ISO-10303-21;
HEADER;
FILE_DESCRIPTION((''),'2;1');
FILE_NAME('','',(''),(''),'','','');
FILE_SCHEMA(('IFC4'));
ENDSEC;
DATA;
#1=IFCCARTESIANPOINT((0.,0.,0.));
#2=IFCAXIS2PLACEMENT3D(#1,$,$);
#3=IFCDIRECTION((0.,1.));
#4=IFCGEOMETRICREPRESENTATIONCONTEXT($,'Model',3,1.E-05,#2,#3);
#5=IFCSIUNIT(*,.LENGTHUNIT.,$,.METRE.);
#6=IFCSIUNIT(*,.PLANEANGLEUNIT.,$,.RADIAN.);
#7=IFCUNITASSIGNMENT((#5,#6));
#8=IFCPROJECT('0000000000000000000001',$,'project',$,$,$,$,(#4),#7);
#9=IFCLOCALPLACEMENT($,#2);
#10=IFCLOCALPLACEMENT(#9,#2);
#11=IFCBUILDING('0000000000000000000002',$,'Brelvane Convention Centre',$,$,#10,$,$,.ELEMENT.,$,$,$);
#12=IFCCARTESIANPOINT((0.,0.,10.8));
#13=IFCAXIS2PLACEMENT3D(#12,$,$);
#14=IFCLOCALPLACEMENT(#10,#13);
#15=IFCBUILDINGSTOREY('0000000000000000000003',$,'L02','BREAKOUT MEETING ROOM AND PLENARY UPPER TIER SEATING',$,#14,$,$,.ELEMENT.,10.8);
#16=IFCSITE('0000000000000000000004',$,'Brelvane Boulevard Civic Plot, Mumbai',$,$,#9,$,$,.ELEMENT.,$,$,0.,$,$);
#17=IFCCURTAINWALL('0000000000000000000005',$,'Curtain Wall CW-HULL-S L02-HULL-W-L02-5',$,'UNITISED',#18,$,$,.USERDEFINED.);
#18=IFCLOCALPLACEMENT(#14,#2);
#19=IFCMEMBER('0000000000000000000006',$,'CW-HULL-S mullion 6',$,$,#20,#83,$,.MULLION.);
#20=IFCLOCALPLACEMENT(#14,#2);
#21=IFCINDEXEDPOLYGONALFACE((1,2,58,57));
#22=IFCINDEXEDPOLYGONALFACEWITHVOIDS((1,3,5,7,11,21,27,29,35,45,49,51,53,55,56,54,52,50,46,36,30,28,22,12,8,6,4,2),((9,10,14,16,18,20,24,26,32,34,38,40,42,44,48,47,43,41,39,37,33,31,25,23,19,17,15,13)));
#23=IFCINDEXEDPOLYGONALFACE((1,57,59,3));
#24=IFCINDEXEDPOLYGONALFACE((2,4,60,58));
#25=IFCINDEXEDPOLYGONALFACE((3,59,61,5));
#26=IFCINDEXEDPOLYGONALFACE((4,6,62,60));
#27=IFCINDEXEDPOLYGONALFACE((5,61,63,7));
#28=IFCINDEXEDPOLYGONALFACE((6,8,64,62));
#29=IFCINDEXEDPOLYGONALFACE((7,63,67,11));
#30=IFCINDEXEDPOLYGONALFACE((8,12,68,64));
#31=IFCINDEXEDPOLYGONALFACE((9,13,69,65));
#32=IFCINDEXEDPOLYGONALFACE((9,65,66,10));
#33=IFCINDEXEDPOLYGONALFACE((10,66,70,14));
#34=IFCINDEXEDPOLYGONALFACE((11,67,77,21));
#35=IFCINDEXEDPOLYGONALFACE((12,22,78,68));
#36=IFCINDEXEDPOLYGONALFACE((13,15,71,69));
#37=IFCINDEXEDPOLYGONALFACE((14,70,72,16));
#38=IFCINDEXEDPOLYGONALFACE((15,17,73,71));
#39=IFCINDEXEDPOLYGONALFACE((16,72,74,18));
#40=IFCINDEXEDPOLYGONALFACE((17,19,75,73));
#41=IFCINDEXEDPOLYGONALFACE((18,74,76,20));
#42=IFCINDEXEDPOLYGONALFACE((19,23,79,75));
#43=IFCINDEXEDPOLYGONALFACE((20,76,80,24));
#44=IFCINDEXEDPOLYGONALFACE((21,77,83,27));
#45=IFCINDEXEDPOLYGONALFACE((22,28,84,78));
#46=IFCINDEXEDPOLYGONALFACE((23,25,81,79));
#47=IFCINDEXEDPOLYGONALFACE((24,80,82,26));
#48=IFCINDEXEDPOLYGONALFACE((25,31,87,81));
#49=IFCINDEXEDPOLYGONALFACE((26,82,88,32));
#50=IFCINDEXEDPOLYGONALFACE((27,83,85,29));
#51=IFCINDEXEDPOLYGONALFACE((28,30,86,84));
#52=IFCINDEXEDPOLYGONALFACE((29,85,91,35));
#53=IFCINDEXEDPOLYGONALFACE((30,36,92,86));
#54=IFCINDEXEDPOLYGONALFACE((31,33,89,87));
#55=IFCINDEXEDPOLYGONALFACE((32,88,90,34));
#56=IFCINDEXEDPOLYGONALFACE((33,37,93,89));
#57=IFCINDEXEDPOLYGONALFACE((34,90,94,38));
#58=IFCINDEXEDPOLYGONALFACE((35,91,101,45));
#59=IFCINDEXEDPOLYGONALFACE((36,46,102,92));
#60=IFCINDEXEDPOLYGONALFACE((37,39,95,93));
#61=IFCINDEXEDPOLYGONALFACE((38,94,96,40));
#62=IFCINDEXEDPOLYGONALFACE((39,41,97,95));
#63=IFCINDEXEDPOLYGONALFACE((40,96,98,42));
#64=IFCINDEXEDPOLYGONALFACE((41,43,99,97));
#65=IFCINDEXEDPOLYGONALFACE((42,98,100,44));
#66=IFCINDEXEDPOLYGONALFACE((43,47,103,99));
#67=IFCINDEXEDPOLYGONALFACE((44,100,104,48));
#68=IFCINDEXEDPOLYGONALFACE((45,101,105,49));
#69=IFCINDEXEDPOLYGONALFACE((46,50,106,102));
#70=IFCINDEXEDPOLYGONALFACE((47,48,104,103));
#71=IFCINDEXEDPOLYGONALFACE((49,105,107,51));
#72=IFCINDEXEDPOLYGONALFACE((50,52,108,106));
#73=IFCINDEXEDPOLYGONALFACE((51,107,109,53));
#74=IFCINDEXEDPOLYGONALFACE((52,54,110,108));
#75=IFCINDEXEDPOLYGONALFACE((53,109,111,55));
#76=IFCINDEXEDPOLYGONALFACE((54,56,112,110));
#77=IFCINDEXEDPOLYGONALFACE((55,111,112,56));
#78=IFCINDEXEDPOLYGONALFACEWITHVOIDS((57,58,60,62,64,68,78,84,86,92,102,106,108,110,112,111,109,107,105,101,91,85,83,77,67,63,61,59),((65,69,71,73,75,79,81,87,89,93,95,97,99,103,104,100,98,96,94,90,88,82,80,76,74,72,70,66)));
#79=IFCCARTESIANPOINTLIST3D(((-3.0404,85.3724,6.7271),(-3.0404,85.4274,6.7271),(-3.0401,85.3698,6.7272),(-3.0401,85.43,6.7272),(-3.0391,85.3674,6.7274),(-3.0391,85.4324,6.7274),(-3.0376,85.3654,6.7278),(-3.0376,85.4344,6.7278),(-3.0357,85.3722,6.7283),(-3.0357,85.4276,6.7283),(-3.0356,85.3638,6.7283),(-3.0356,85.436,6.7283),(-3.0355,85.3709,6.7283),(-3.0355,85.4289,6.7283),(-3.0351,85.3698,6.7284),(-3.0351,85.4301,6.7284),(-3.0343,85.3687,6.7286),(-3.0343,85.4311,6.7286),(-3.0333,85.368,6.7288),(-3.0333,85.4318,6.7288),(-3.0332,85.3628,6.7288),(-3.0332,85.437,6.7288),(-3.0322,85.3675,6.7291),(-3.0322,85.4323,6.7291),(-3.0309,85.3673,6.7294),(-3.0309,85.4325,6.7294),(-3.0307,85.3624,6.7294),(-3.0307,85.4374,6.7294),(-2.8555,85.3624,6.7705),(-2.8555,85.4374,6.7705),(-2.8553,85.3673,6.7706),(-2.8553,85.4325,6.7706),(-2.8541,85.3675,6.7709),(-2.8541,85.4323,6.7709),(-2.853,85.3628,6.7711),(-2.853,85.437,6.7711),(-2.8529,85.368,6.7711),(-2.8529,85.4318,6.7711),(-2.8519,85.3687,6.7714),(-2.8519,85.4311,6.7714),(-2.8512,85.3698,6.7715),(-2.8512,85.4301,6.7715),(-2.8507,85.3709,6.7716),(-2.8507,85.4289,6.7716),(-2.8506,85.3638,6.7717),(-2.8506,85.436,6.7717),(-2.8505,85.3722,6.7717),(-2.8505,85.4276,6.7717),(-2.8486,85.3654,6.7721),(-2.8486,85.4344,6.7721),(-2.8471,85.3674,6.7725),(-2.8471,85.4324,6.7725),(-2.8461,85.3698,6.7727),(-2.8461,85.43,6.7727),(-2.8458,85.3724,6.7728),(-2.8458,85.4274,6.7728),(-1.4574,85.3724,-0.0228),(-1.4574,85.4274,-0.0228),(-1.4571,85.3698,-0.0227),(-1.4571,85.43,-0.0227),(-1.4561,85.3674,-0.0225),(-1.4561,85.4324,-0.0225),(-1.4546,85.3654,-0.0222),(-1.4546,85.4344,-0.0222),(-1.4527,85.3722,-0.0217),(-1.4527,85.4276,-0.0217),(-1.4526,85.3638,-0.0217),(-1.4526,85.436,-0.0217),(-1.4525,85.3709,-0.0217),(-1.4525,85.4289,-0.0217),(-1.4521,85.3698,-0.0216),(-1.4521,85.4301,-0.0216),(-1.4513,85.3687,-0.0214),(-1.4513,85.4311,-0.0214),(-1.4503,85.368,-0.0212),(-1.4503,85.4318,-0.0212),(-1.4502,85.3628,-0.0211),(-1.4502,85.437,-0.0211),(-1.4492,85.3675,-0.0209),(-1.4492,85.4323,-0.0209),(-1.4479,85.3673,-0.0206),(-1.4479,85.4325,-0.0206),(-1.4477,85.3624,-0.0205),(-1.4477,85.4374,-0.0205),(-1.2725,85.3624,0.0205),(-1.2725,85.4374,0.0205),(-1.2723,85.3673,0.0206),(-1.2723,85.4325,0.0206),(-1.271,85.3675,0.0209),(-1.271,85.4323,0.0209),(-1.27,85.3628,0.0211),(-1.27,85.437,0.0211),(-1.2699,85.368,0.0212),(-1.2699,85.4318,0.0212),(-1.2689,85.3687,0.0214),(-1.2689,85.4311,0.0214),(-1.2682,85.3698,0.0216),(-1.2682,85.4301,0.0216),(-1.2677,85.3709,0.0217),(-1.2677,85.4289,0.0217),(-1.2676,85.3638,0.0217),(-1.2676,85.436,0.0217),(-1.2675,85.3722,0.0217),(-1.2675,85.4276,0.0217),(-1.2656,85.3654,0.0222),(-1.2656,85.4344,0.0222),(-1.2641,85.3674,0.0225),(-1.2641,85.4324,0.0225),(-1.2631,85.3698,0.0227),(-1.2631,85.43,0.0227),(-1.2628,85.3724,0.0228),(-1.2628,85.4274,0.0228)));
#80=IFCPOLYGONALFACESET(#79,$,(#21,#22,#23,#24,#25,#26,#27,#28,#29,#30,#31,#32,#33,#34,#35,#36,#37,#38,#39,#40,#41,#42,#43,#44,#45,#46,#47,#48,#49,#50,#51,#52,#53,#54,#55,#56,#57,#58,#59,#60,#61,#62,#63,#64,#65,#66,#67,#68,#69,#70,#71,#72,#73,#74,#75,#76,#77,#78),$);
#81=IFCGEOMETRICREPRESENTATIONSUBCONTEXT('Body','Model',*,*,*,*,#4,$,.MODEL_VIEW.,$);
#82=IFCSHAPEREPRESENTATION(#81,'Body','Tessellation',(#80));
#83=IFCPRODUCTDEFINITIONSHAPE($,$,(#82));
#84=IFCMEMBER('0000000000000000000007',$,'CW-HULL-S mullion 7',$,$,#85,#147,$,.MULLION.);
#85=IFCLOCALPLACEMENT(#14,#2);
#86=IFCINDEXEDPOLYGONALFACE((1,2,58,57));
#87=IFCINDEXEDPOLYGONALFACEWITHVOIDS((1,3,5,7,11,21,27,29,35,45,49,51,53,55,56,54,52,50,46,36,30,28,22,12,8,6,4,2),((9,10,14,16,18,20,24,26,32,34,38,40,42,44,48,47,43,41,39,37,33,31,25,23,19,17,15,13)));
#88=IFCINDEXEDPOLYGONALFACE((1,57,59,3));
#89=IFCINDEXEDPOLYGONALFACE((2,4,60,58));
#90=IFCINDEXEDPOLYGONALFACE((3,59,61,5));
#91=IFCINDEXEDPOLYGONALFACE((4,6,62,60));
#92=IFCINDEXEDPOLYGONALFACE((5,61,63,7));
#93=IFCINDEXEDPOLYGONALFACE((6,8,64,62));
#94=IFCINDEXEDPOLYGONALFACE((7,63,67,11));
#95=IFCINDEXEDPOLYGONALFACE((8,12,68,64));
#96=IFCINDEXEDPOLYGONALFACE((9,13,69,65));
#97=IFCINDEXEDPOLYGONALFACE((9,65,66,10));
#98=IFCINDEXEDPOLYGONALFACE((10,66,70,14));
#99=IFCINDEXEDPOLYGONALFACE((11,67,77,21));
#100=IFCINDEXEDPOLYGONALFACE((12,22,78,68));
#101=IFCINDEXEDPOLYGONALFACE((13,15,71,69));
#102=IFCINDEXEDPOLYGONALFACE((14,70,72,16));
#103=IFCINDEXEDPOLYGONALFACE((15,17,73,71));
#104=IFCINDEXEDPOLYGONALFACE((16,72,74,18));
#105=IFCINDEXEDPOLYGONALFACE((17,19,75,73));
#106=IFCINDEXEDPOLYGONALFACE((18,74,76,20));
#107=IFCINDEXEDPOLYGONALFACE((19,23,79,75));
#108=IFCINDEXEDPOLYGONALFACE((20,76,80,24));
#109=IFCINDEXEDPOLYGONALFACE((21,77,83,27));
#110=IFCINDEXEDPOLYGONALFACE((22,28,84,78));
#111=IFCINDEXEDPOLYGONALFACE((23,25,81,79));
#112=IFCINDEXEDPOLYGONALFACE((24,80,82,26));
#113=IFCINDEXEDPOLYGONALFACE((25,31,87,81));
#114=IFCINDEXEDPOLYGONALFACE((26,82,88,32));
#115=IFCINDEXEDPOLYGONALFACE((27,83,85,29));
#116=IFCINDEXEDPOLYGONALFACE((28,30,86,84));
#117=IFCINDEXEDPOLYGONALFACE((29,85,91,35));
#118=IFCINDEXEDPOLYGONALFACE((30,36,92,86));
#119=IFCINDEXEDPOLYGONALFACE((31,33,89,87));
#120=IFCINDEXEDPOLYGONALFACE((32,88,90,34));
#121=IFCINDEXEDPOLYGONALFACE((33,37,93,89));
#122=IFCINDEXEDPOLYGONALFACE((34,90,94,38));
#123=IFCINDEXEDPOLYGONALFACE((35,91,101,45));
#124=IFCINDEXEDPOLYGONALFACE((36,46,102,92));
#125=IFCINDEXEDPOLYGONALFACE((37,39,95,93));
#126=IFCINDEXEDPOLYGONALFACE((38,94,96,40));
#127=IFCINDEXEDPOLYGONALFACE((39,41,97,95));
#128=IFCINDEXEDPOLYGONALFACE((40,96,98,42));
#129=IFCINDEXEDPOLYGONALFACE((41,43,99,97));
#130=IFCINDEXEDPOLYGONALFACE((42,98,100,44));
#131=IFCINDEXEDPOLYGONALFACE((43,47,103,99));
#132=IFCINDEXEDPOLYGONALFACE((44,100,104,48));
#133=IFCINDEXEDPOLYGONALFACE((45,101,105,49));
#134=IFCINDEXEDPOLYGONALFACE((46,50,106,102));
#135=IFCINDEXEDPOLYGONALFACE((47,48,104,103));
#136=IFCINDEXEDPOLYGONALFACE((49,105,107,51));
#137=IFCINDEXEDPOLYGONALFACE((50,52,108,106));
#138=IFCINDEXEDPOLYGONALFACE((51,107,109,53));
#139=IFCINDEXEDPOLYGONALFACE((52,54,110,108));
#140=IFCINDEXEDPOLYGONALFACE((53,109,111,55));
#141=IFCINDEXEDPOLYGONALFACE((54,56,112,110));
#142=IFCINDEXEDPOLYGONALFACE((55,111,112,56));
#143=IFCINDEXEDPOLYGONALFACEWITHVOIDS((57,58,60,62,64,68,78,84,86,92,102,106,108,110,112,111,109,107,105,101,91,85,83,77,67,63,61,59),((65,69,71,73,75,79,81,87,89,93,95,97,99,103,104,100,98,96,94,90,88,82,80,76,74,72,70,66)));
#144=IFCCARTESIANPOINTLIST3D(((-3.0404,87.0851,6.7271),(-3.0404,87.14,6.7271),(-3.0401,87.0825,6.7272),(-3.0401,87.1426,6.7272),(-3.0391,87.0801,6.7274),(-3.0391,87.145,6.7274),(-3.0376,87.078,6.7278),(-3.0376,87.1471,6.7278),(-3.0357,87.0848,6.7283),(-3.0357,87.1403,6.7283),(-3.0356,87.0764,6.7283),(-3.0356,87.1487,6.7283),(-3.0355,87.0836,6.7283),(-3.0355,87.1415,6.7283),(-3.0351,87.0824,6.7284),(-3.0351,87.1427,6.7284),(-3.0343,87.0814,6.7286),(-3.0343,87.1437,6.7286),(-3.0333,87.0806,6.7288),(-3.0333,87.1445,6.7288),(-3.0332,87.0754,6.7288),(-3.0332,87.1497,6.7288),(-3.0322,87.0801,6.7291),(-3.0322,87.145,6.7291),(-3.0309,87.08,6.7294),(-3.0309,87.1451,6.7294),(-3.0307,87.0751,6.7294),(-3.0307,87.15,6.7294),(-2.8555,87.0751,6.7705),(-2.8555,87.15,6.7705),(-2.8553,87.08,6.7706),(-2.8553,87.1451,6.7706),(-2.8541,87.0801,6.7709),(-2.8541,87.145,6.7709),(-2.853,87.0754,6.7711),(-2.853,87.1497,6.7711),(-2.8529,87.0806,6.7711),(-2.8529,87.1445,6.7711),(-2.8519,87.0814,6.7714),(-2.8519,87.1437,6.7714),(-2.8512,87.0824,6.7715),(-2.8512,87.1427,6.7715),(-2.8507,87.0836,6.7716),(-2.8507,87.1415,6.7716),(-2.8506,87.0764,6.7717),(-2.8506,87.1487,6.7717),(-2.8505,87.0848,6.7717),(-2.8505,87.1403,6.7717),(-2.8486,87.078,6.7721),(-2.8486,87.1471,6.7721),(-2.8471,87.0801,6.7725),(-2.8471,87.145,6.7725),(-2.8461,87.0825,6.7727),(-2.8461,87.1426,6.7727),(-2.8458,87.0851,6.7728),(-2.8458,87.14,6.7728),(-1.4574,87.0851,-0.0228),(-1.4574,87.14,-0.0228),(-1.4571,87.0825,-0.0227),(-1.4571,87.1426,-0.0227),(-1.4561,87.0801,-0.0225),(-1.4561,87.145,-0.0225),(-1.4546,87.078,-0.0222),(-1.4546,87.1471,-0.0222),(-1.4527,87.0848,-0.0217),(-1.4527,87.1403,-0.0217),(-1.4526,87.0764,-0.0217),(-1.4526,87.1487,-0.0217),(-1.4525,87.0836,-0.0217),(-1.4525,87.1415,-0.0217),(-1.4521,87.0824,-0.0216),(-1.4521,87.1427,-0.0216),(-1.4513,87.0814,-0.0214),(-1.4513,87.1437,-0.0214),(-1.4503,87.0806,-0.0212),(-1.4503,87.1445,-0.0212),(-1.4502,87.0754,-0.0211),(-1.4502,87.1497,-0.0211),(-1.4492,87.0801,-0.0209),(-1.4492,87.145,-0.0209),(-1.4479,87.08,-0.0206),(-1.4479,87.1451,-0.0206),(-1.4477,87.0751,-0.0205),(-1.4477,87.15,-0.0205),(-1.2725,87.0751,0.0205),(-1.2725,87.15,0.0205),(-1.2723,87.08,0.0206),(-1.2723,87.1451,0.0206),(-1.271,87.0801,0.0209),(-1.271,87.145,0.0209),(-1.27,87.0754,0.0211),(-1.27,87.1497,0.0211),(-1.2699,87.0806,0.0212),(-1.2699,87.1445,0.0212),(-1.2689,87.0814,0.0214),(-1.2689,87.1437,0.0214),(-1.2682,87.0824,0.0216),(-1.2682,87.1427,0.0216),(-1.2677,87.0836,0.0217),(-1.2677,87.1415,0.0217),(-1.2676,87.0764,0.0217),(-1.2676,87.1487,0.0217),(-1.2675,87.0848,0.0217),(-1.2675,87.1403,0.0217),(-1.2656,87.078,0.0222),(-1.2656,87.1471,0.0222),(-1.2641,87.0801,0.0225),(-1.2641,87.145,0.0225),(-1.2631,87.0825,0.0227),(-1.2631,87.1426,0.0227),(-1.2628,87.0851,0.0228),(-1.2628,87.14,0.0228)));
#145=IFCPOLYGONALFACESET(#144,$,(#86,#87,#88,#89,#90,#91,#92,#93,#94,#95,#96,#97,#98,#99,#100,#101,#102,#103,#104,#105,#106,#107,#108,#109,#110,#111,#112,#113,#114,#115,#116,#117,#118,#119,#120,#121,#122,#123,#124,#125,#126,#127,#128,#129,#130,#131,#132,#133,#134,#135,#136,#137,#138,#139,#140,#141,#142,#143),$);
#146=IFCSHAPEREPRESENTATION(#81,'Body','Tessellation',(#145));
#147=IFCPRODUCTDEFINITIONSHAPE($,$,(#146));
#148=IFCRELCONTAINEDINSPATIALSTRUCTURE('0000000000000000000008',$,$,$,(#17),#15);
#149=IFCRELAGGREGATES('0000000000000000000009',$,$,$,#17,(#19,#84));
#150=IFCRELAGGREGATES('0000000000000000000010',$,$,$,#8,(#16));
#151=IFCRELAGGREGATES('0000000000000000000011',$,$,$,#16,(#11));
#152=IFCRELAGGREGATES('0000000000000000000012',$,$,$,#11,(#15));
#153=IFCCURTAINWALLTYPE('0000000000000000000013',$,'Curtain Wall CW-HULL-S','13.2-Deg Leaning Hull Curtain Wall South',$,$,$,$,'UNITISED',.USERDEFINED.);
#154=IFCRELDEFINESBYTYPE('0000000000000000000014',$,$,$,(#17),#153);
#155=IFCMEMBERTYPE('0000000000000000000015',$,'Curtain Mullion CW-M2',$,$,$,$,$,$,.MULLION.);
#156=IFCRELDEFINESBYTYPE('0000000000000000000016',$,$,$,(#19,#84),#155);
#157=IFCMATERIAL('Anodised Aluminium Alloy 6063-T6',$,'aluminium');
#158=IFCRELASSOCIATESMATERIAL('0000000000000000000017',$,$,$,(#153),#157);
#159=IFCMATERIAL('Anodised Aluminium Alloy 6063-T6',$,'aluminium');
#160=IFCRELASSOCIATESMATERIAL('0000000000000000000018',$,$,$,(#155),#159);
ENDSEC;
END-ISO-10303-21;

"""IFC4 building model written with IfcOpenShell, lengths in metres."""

from ifc_helpers import new_model, si_unit, direction, frame, origin, origin_2d, place, context, subcontext, project, spatial, hollow_rectangle, extrude, material, material_profile, profile_set, type_object, element, aggregate, save


model = new_model("IFC4")

# Units and contexts
model_context = context("Model", 3, precision=1e-05, world=origin(), true_north=direction((0.0, 1.0)))
body_context = subcontext(model_context, "Body", "Model", "MODEL_VIEW")
ifc_project = project(units=[si_unit("LENGTHUNIT", "METRE"), si_unit("PLANEANGLEUNIT", "RADIAN")], contexts=[model_context])

# Site, building, storey
site_placement = place(None, origin())
site = spatial("IfcSite", under=ifc_project, at=site_placement, Name="Brelvane Boulevard Civic Plot, Mumbai", CompositionType="ELEMENT", RefElevation=0.0)
building_placement = place(site_placement, origin())
building = spatial("IfcBuilding", under=site, at=building_placement, Name="Brelvane Convention Centre", CompositionType="ELEMENT")
storey_placement = place(building_placement, frame((0.0, 0.0, 10.8)))
storey = spatial("IfcBuildingStorey", under=building, at=storey_placement, Name="L02", Description="BREAKOUT MEETING ROOM AND PLENARY UPPER TIER SEATING", CompositionType="ELEMENT", Elevation=10.8)

# Curtain wall, members
ifc_material_1 = material(Name="Anodised Aluminium Alloy 6063-T6", Category="aluminium")
curtain_wall_type = type_object("IfcCurtainWallType", Name="Curtain Wall CW-HULL-S", Description="13.2-Deg Leaning Hull Curtain Wall South", ElementType="UNITISED", PredefinedType="USERDEFINED", material=ifc_material_1)
curtain_wall_1_placement = place(storey_placement, origin())
curtain_wall_1 = element("IfcCurtainWall", 1, at=curtain_wall_1_placement, inside=storey, type_object=curtain_wall_type, Name="Curtain Wall CW-HULL-S L02-HULL-W-L02-5", ObjectType="UNITISED", PredefinedType="USERDEFINED")
ifc_material_2 = material(Name="Anodised Aluminium Alloy 6063-T6", Category="aluminium")
ifc_material_profile_1 = material_profile(ifc_material_2, hollow_rectangle(XDim=0.075, YDim=0.2, WallThickness=0.0049, InnerFilletRadius=0.0049, OuterFilletRadius=0.01, at=origin_2d()), Name="ALU-M 200x75x5.0")
ifc_profile_set_1 = profile_set([ifc_material_profile_1], Name="Anodised Aluminium Alloy 6063-T6")
member_type_1 = type_object("IfcMemberType", Name="Curtain Mullion CW-M2", PredefinedType="MULLION", material=ifc_profile_set_1)
member_1_placement = place(storey_placement, frame((-1.3601, 85.3999, 0.0), z_axis=(-0.228325, 0.0, 0.973585), x_axis=(0.0, -1.0, 0.0)))
member_1 = element("IfcMember", 2, at=member_1_placement, type_object=member_type_1, Name="CW-HULL-S mullion 6", PredefinedType="MULLION", context=body_context, shape_type="SweptSolid", body=[
    extrude(hollow_rectangle(XDim=0.075, YDim=0.2, WallThickness=0.0049, InnerFilletRadius=0.0049, OuterFilletRadius=0.01, at=origin_2d()), origin(), (0.0, 0.0, 1.0), 6.9331),
])
member_2_placement = place(storey_placement, frame((-1.3601, 87.1125, 0.0), z_axis=(-0.228325, 0.0, 0.973585), x_axis=(0.0, -1.0, 0.0)))
member_2 = element("IfcMember", 3, at=member_2_placement, type_object=member_type_1, Name="CW-HULL-S mullion 7", PredefinedType="MULLION", context=body_context, shape_type="SweptSolid", body=[
    extrude(hollow_rectangle(XDim=0.075, YDim=0.2, WallThickness=0.0049, InnerFilletRadius=0.0049, OuterFilletRadius=0.01, at=origin_2d()), origin(), (0.0, 0.0, 1.0), 6.9331),
])

aggregate(curtain_wall_1, [member_1, member_2])

save(model, "model.ifc")
